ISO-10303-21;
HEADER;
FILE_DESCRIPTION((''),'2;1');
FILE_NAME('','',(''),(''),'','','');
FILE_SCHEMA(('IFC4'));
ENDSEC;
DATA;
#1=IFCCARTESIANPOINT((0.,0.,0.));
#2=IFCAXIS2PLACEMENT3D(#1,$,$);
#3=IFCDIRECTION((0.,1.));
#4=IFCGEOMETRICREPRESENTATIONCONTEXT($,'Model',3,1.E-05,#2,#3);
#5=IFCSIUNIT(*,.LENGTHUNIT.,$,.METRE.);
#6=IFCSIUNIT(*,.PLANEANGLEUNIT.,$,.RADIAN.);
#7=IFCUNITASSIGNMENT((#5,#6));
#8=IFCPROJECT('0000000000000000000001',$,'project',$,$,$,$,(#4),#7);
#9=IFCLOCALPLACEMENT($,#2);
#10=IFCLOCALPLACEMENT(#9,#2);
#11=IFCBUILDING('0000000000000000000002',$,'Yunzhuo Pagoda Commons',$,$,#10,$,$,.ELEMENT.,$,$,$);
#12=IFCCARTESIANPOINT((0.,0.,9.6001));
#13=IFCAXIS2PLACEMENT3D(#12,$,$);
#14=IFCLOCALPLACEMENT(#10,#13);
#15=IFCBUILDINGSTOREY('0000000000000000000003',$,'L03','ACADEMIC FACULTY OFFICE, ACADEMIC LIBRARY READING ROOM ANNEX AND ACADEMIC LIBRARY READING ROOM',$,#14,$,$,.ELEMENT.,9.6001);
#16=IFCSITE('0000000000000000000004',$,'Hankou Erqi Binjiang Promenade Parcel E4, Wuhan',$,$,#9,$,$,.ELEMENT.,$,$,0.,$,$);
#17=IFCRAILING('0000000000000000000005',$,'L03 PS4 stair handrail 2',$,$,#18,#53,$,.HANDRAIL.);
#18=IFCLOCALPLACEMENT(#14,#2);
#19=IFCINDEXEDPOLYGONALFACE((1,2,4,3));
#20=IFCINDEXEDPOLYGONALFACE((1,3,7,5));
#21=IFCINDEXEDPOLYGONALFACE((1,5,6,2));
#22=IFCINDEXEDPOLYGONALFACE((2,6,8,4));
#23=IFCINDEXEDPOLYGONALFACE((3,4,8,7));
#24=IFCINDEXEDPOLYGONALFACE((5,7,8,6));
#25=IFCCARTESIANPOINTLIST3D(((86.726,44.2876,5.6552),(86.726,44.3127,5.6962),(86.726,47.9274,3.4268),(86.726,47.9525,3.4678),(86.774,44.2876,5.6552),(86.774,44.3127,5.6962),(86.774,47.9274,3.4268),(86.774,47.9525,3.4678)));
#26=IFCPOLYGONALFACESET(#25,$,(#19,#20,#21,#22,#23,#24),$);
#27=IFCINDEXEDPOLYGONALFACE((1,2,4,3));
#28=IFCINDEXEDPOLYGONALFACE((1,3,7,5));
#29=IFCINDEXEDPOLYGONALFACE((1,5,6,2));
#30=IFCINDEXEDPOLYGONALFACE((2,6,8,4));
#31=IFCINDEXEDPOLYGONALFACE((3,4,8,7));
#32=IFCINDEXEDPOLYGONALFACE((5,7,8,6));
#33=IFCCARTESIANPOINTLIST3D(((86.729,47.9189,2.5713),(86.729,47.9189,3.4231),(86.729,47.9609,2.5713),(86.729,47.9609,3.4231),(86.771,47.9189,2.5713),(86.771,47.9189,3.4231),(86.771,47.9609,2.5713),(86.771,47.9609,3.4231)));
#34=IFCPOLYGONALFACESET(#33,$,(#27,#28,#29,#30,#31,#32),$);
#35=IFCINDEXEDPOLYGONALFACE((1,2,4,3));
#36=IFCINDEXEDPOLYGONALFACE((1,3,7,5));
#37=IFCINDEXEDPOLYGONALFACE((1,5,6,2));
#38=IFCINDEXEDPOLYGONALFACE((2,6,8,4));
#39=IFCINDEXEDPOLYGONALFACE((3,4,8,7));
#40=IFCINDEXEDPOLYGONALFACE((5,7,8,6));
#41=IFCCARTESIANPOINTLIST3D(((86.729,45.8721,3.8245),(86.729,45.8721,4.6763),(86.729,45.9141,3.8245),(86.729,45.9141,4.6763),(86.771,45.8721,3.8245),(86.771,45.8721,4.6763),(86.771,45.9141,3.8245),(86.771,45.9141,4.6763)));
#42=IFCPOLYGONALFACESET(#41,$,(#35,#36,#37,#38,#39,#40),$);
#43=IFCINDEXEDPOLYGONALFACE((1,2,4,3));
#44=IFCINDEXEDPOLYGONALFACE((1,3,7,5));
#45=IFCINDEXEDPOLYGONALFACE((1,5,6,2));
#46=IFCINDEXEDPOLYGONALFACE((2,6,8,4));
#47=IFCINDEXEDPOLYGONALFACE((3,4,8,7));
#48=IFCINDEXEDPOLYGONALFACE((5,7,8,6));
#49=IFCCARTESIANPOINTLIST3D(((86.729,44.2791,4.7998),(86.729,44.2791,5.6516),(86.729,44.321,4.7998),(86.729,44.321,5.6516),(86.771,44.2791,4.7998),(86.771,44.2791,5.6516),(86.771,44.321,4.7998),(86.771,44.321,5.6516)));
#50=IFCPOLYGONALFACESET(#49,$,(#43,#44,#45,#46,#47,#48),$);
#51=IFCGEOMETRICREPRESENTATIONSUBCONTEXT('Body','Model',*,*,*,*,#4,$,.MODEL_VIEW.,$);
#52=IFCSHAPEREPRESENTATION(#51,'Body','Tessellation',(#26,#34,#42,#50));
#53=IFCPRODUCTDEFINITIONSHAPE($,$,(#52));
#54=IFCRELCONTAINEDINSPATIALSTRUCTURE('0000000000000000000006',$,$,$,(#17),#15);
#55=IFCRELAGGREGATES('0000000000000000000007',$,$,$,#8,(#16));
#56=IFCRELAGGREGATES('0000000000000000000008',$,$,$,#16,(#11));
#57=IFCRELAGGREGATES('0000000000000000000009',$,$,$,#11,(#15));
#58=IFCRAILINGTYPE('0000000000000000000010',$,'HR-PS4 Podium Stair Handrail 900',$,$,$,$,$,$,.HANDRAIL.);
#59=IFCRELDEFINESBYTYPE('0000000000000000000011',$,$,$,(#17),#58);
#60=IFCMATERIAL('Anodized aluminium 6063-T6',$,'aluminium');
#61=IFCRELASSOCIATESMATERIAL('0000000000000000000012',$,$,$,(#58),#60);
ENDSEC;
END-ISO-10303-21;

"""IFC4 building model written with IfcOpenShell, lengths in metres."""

from ifc_helpers import new_model, si_unit, direction, frame, origin, origin_2d, place, context, subcontext, project, spatial, rectangle, extrude, material, type_object, element, save


model = new_model("IFC4")

# Units and contexts
model_context = context("Model", 3, precision=1e-05, world=origin(), true_north=direction((0.0, 1.0)))
body_context = subcontext(model_context, "Body", "Model", "MODEL_VIEW")
ifc_project = project(units=[si_unit("LENGTHUNIT", "METRE"), si_unit("PLANEANGLEUNIT", "RADIAN")], contexts=[model_context])

# Site, building, storey
site_placement = place(None, origin())
site = spatial("IfcSite", under=ifc_project, at=site_placement, Name="Hankou Erqi Binjiang Promenade Parcel E4, Wuhan", CompositionType="ELEMENT", RefElevation=0.0)
building_placement = place(site_placement, origin())
building = spatial("IfcBuilding", under=site, at=building_placement, Name="Yunzhuo Pagoda Commons", CompositionType="ELEMENT")
storey_placement = place(building_placement, frame((0.0, 0.0, 9.6001)))
storey = spatial("IfcBuildingStorey", under=building, at=storey_placement, Name="L03", Description="ACADEMIC FACULTY OFFICE, ACADEMIC LIBRARY READING ROOM ANNEX AND ACADEMIC LIBRARY READING ROOM", CompositionType="ELEMENT", Elevation=9.6001)

# Railing
ifc_material_1 = material(Name="Anodized aluminium 6063-T6", Category="aluminium")
railing_type_1 = type_object("IfcRailingType", Name="HR-PS4 Podium Stair Handrail 900", PredefinedType="HANDRAIL", material=ifc_material_1)
railing_1_placement = place(storey_placement, frame((86.75, 47.9399, 2.5713)))
element("IfcRailing", 1, at=railing_1_placement, inside=storey, type_object=railing_type_1, Name="L03 PS4 stair handrail 2", PredefinedType="HANDRAIL", context=body_context, shape_type="SweptSolid", body=[
    extrude(rectangle(XDim=0.0481, YDim=0.0481, at=origin_2d()), frame((0.0, 0.0, 0.876), z_axis=(0.0, -0.85285, 0.522156), x_axis=(1.0, 0.0, 0.0)), (0.0, 0.0, 1.0), 4.2678),
    extrude(rectangle(XDim=0.042, YDim=0.042, at=origin_2d()), origin(), (0.0, 0.0, 1.0), 0.8518),
    extrude(rectangle(XDim=0.042, YDim=0.042, at=origin_2d()), frame((0.0, -2.0469, 1.2532)), (0.0, 0.0, 1.0), 0.8518),
    extrude(rectangle(XDim=0.042, YDim=0.042, at=origin_2d()), frame((0.0, -3.6399, 2.2285)), (0.0, 0.0, 1.0), 0.8518),
])

save(model, "model.ifc")
